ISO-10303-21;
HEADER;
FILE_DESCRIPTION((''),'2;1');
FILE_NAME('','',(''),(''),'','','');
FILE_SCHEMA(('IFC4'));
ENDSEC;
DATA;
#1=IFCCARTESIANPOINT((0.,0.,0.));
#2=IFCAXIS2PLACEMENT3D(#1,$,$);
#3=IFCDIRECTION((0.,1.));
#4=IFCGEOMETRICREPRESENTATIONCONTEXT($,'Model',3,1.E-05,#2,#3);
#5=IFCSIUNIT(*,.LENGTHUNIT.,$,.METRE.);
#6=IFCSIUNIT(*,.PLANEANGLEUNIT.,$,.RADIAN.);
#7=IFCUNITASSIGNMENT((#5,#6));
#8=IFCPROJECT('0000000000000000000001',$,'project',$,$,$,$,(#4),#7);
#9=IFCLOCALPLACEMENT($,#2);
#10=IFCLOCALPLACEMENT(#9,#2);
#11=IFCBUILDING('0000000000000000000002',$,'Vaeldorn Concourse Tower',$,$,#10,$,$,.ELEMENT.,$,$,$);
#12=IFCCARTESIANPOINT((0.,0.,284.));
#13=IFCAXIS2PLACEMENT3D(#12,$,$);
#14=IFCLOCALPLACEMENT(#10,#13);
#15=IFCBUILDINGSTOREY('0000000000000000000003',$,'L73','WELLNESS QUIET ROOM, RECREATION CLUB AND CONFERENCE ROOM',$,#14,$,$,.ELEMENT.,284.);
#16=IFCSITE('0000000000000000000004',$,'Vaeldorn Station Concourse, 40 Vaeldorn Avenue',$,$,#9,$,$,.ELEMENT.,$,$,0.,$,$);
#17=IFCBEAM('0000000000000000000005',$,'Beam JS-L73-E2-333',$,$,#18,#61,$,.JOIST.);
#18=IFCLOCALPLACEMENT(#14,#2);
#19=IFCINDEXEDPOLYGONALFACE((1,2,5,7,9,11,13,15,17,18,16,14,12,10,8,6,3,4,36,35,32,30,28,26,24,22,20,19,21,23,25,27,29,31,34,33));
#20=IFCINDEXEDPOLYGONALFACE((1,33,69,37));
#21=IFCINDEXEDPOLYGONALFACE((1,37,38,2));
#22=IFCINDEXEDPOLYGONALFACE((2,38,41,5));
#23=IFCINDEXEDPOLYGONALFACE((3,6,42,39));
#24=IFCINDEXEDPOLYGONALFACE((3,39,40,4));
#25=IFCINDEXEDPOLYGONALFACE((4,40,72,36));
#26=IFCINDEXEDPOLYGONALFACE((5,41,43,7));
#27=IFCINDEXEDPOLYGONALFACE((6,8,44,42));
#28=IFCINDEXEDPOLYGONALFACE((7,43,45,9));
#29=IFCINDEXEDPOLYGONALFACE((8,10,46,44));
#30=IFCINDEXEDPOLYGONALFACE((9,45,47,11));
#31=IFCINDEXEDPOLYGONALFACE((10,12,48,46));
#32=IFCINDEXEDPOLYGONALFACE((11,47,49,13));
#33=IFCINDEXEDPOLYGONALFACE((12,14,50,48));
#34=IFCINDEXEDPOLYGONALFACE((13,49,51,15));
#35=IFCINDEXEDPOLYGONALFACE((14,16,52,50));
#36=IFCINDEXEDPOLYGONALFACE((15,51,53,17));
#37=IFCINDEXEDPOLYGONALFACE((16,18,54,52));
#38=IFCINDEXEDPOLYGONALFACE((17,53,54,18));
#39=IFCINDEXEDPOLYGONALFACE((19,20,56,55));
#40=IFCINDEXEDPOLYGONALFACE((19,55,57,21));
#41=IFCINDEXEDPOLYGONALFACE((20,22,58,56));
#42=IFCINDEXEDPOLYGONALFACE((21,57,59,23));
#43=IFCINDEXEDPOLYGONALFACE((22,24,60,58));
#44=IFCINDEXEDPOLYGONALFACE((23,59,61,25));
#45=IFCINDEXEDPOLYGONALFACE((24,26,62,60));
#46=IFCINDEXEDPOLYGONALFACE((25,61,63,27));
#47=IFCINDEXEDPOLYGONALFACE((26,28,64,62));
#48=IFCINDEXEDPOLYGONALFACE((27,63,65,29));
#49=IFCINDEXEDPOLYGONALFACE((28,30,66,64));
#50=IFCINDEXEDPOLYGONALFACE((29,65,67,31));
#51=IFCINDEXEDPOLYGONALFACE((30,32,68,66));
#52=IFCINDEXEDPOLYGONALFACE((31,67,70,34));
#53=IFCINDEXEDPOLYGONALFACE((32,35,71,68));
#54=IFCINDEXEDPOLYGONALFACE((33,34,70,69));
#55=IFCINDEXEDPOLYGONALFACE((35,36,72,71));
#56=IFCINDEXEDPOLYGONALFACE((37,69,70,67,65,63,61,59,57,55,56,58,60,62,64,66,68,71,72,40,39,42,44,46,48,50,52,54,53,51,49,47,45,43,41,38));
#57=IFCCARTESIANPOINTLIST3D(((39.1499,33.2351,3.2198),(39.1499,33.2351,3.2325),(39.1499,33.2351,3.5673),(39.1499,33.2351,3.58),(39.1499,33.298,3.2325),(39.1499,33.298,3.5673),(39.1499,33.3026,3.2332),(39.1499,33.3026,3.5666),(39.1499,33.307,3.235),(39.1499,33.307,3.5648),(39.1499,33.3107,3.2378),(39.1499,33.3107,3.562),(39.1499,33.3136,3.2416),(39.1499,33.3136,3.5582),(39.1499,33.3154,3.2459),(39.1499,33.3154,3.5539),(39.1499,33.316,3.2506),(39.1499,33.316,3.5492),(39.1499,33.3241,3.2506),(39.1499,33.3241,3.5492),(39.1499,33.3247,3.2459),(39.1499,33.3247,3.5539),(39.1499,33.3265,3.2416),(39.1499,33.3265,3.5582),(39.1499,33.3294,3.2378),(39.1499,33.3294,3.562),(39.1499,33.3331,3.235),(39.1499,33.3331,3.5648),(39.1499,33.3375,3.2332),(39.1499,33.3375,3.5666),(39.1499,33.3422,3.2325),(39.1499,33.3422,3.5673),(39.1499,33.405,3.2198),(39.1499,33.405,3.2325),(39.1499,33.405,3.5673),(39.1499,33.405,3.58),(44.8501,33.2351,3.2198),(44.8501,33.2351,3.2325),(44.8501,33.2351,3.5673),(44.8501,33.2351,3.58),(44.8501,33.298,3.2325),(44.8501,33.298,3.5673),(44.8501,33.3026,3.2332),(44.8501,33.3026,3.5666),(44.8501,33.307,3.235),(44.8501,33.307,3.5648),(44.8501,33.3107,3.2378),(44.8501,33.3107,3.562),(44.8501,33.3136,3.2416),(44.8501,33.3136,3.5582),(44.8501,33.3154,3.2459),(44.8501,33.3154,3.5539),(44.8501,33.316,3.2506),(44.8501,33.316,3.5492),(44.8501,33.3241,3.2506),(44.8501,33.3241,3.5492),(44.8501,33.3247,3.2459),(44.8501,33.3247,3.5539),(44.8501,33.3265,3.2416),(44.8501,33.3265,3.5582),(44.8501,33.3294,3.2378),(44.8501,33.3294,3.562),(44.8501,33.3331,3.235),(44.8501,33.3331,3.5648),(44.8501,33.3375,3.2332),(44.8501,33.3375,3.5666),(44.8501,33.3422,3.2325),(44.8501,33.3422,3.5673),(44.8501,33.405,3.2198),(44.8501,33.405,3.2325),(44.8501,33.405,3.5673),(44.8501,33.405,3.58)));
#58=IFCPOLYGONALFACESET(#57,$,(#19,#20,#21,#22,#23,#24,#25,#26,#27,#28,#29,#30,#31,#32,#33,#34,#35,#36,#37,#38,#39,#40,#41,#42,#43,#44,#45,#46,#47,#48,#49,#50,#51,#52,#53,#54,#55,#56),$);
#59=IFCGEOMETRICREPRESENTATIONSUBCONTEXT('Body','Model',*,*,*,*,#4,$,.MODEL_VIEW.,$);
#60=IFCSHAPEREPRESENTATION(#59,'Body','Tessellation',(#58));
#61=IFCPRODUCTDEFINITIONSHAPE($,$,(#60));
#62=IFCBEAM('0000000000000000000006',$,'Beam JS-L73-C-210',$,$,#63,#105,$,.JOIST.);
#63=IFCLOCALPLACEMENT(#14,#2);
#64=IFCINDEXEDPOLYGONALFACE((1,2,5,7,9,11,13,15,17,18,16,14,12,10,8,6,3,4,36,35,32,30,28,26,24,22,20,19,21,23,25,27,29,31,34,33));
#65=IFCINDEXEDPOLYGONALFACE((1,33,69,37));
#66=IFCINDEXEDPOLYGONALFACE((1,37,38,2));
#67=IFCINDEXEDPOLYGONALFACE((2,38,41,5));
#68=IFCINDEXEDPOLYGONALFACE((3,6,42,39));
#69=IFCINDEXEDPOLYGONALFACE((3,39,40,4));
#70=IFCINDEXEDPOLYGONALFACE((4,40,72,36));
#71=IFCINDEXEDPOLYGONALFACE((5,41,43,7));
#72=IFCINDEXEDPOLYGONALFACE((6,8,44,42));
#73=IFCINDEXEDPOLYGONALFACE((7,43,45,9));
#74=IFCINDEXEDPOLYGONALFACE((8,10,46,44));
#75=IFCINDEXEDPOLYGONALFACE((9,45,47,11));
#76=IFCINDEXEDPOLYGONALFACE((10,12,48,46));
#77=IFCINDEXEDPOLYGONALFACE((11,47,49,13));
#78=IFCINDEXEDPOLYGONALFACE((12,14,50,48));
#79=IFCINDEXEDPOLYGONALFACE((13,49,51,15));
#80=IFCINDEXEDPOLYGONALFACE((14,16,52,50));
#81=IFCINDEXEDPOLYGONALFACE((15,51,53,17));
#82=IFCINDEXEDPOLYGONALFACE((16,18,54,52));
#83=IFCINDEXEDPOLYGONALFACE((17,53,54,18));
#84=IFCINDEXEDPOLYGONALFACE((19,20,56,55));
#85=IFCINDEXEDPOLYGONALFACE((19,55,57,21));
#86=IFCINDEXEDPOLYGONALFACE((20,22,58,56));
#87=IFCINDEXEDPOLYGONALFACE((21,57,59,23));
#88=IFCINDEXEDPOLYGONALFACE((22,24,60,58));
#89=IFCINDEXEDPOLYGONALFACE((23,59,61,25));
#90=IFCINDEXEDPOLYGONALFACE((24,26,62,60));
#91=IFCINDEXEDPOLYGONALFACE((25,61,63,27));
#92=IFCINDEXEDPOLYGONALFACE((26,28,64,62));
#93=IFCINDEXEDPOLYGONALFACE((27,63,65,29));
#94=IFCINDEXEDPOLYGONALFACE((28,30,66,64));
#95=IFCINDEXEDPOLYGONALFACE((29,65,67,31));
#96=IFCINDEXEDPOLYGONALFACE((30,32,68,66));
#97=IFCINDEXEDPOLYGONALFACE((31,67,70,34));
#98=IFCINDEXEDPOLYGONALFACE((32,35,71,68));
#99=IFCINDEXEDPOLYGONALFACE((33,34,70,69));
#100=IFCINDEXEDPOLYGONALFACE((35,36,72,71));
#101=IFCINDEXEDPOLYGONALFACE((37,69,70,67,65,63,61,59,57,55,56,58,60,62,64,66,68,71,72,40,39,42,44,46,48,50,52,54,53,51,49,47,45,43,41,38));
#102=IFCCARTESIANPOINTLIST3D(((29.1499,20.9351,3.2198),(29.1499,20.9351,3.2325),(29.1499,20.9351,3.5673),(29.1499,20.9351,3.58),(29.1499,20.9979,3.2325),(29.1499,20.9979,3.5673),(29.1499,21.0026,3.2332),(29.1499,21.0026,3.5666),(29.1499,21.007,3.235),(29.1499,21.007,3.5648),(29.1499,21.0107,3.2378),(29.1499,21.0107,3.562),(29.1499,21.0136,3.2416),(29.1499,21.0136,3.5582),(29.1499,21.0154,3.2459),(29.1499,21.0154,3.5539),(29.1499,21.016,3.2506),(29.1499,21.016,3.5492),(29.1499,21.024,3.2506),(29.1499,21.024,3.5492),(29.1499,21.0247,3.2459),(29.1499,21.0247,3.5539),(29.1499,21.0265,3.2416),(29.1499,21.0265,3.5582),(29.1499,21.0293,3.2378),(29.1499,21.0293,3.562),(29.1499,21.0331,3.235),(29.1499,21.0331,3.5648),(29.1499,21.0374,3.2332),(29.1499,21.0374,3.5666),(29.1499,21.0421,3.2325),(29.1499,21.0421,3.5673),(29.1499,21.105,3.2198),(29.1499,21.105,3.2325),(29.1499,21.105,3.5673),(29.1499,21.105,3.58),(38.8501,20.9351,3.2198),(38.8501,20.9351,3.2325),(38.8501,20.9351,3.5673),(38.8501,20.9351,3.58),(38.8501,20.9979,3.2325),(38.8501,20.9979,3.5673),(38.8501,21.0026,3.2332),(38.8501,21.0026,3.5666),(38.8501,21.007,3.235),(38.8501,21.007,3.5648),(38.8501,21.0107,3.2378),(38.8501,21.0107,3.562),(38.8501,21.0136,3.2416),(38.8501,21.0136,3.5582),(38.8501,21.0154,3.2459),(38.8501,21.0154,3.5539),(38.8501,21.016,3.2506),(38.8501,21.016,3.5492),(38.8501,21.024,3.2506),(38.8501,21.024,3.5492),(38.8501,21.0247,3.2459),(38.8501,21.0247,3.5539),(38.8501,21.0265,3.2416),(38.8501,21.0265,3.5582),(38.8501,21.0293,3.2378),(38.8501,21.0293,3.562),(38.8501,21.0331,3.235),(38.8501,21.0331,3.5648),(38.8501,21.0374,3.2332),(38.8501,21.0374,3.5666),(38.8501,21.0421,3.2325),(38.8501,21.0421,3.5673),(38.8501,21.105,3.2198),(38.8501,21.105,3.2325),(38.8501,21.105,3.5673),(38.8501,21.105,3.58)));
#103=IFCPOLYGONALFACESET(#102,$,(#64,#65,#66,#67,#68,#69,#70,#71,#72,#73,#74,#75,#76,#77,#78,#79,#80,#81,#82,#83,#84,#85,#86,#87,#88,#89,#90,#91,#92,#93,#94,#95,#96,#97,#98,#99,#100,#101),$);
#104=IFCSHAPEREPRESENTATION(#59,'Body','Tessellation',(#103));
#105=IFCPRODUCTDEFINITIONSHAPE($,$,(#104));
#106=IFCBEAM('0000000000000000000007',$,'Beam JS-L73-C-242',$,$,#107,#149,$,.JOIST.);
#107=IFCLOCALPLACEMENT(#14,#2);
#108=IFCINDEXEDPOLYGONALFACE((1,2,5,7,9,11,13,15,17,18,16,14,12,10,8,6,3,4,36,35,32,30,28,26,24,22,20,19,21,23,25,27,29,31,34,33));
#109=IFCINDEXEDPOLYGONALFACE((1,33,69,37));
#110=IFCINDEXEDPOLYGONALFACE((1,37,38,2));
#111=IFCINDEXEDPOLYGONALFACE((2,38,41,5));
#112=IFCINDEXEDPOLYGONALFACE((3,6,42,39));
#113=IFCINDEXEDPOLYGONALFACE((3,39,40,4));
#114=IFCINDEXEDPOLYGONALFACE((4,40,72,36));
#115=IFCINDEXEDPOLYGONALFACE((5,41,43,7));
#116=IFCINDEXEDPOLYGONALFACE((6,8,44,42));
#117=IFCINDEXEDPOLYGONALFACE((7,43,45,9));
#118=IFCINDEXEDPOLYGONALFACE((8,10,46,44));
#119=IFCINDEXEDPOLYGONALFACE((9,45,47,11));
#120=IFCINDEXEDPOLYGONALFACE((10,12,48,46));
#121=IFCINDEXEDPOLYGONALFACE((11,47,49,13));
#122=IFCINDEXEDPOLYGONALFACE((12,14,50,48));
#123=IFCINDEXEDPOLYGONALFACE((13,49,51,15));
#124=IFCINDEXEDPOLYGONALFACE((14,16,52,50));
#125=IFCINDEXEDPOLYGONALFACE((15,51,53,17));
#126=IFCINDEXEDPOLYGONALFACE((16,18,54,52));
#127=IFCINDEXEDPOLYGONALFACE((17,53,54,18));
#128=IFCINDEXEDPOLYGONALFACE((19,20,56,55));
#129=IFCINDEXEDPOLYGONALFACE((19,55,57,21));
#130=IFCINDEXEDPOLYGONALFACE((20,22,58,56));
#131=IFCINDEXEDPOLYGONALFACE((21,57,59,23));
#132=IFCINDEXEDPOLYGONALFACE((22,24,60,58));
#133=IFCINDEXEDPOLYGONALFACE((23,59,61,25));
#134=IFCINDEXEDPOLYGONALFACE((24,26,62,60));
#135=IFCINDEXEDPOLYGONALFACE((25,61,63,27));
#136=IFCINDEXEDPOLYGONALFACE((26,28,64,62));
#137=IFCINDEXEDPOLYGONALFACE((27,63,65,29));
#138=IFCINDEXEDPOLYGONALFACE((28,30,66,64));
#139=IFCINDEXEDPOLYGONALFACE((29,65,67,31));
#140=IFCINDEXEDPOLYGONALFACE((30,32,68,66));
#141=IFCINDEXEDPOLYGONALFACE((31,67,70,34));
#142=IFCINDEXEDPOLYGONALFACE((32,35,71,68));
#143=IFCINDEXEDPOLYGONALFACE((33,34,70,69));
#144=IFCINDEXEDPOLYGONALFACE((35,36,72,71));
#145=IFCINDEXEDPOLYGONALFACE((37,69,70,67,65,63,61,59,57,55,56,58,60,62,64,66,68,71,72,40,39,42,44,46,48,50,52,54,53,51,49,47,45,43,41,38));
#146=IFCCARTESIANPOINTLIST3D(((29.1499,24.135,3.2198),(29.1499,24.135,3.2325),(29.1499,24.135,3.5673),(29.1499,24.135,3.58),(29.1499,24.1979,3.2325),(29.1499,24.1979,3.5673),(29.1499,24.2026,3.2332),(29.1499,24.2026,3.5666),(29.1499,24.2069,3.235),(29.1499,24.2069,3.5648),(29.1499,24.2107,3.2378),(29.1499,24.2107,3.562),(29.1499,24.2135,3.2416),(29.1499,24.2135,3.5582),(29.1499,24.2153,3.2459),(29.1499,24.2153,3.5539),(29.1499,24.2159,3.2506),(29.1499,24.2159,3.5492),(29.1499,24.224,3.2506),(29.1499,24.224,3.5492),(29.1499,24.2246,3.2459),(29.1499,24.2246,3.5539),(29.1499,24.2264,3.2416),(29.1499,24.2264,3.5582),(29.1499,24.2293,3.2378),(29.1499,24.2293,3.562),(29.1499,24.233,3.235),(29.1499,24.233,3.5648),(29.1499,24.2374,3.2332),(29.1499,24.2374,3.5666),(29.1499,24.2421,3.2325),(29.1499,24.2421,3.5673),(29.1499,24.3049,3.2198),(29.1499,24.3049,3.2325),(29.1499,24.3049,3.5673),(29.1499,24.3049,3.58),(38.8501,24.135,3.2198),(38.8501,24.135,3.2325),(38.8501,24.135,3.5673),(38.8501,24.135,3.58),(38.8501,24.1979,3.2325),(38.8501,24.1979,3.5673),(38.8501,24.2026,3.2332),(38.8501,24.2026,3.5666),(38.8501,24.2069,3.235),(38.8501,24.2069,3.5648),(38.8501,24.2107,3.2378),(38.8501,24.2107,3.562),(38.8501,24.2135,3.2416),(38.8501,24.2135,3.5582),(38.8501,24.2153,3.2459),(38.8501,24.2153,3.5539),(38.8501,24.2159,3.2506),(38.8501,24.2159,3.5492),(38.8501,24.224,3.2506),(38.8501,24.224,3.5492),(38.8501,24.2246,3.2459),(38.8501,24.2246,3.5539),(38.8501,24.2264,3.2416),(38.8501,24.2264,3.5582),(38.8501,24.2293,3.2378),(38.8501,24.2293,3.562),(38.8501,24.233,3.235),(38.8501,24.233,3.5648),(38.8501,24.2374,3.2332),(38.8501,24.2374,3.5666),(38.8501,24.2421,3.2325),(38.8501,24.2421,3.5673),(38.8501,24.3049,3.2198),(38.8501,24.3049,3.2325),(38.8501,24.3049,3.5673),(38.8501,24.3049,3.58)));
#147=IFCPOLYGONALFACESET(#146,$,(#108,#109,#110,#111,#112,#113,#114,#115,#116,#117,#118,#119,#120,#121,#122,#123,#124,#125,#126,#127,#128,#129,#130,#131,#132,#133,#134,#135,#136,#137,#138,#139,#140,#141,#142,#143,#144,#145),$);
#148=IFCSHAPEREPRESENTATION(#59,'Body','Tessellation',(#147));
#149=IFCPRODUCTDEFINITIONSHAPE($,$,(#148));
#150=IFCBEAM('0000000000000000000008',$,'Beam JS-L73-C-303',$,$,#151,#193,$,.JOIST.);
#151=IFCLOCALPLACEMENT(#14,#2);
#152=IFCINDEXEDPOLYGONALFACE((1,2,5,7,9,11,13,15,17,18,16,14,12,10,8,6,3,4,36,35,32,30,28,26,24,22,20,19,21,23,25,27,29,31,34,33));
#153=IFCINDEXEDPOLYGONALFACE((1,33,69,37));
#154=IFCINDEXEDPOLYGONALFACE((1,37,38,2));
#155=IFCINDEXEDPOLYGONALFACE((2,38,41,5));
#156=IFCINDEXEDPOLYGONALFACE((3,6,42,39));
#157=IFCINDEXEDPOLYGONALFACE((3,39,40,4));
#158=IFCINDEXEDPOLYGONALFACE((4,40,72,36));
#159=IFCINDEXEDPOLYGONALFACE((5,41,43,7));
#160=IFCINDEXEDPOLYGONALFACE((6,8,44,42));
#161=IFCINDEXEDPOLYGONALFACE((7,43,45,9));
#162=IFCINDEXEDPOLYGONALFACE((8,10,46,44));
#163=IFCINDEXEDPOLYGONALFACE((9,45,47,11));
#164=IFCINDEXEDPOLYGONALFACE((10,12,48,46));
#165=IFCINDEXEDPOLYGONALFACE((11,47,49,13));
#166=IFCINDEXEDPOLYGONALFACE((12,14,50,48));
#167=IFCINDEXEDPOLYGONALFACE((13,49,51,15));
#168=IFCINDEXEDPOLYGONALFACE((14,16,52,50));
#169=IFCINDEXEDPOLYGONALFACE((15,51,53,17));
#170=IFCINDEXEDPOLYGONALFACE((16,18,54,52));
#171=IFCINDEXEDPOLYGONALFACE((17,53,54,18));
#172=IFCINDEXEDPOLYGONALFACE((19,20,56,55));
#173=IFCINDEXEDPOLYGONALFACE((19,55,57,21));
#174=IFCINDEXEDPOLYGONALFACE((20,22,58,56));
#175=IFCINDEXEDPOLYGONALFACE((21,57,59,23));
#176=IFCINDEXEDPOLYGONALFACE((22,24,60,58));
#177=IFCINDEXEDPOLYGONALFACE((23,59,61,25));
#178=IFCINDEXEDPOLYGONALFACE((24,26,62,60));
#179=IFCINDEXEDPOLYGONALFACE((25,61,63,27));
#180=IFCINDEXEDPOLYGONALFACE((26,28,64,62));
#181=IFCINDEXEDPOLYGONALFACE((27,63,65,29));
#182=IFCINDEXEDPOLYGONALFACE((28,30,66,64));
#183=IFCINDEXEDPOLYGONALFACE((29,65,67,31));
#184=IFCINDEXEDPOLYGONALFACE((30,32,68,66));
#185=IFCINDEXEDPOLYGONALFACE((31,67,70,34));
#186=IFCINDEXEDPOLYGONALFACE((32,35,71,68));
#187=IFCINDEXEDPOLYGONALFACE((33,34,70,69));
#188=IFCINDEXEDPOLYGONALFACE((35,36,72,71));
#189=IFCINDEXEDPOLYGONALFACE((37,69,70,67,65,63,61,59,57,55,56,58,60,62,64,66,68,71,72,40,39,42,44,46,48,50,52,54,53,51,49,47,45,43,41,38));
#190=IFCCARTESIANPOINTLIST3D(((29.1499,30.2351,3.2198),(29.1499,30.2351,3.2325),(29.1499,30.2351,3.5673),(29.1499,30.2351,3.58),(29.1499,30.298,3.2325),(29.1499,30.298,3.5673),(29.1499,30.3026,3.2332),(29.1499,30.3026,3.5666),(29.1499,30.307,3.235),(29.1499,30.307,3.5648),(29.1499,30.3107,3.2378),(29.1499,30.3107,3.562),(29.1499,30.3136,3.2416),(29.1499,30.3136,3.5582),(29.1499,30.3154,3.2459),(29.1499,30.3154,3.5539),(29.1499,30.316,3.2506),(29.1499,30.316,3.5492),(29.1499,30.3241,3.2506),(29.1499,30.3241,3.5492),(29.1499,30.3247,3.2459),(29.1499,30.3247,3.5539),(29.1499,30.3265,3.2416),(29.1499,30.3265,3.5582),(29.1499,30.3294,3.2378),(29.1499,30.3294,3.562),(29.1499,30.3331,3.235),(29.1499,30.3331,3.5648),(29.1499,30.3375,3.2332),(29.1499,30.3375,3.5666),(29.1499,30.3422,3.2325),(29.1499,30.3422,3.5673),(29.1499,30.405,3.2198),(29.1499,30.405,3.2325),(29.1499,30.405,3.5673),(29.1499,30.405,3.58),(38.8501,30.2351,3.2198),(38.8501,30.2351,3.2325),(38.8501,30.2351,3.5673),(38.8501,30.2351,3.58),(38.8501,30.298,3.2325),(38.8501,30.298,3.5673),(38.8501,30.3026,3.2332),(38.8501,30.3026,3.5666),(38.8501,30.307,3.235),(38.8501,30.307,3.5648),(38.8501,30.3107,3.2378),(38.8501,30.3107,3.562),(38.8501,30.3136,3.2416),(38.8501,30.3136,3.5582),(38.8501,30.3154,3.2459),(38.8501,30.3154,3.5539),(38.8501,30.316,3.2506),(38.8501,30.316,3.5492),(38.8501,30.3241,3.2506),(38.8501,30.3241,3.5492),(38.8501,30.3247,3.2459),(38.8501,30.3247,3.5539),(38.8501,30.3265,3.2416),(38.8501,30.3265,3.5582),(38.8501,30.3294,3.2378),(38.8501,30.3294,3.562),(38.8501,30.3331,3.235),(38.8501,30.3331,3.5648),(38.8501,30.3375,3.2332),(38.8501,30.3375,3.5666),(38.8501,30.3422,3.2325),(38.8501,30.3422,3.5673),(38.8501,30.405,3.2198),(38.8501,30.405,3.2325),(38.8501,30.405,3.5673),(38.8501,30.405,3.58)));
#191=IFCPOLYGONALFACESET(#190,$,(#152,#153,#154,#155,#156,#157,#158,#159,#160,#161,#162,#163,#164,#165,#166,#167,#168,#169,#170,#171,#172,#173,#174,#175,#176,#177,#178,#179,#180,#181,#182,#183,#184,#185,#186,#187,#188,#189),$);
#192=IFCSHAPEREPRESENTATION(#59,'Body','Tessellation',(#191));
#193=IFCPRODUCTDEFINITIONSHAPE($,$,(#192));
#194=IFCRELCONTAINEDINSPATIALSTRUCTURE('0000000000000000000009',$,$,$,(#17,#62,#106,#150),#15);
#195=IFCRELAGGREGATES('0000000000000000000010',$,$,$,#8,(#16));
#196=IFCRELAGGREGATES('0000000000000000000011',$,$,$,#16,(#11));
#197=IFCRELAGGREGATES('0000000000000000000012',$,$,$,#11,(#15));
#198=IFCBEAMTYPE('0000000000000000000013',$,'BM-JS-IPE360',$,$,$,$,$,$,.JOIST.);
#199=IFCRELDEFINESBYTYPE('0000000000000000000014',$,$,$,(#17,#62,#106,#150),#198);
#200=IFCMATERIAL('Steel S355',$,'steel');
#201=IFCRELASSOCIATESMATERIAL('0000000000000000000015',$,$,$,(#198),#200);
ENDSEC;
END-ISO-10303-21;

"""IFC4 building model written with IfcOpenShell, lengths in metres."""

from ifc_helpers import new_model, si_unit, direction, frame, origin, origin_2d, place, context, subcontext, project, spatial, i_section, extrude, source, transform, mapped, material, material_profile, profile_set, type_object, element, save


model = new_model("IFC4")

# Units and contexts
model_context = context("Model", 3, precision=1e-05, world=origin(), true_north=direction((0.0, 1.0)))
body_context = subcontext(model_context, "Body", "Model", "MODEL_VIEW")
ifc_project = project(units=[si_unit("LENGTHUNIT", "METRE"), si_unit("PLANEANGLEUNIT", "RADIAN")], contexts=[model_context])

# Site, building, storey
site_placement = place(None, origin())
site = spatial("IfcSite", under=ifc_project, at=site_placement, Name="Vaeldorn Station Concourse, 40 Vaeldorn Avenue", CompositionType="ELEMENT", RefElevation=0.0)
building_placement = place(site_placement, origin())
building = spatial("IfcBuilding", under=site, at=building_placement, Name="Vaeldorn Concourse Tower", CompositionType="ELEMENT")
storey_placement = place(building_placement, frame((0.0, 0.0, 284.0)))
storey = spatial("IfcBuildingStorey", under=building, at=storey_placement, Name="L73", Description="WELLNESS QUIET ROOM, RECREATION CLUB AND CONFERENCE ROOM", CompositionType="ELEMENT", Elevation=284.0)

# Shared definitions
ifc_material_1 = material(Name="Steel S355", Category="steel")

# Beams
ifc_material_profile_1 = material_profile(ifc_material_1, i_section(OverallWidth=0.1699, OverallDepth=0.3601, WebThickness=0.0081, FlangeThickness=0.0127, FilletRadius=0.0181, at=origin_2d()), Name="IPE 360")
ifc_profile_set_1 = profile_set([ifc_material_profile_1], Name="Steel S355")
beam_type_1 = type_object("IfcBeamType", Name="BM-JS-IPE360", PredefinedType="JOIST", material=ifc_profile_set_1)
shared_shape_1 = source(origin(), body_context, "Body", "SweptSolid", [
    extrude(i_section(OverallWidth=0.1699, OverallDepth=0.3601, WebThickness=0.0081, FlangeThickness=0.0127, FilletRadius=0.0181, at=origin_2d()), origin(), (0.0, 0.0, 1.0), 5.7002),
])
for number, where, z_axis, x_axis, name in (
    (1, (39.1499, 33.3201, 3.3999), (1.0, 0.0, 0.0), (0.0, 1.0, 0.0), "Beam JS-L73-E2-333"),
):
    element("IfcBeam", number, at=place(storey_placement, frame(where, z_axis=z_axis, x_axis=x_axis)), inside=storey, type_object=beam_type_1, Name=name, PredefinedType="JOIST", context=body_context, shape_type="MappedRepresentation", body=[
        mapped(shared_shape_1, transform((0.0, 0.0, 0.0), scale=1.0)),
    ])
shared_shape_2 = source(origin(), body_context, "Body", "SweptSolid", [
    extrude(i_section(OverallWidth=0.1699, OverallDepth=0.3601, WebThickness=0.0081, FlangeThickness=0.0127, FilletRadius=0.0181, at=origin_2d()), origin(), (0.0, 0.0, 1.0), 9.7002),
])
for number, where, z_axis, x_axis, name in (
    (2, (29.1499, 21.02, 3.3999), (1.0, 0.0, 0.0), (0.0, 1.0, 0.0), "Beam JS-L73-C-210"),
    (3, (29.1499, 24.22, 3.3999), (1.0, 0.0, 0.0), (0.0, 1.0, 0.0), "Beam JS-L73-C-242"),
    (4, (29.1499, 30.3201, 3.3999), (1.0, 0.0, 0.0), (0.0, 1.0, 0.0), "Beam JS-L73-C-303"),
):
    element("IfcBeam", number, at=place(storey_placement, frame(where, z_axis=z_axis, x_axis=x_axis)), inside=storey, type_object=beam_type_1, Name=name, PredefinedType="JOIST", context=body_context, shape_type="MappedRepresentation", body=[
        mapped(shared_shape_2, transform((0.0, 0.0, 0.0), scale=1.0)),
    ])

save(model, "model.ifc")
